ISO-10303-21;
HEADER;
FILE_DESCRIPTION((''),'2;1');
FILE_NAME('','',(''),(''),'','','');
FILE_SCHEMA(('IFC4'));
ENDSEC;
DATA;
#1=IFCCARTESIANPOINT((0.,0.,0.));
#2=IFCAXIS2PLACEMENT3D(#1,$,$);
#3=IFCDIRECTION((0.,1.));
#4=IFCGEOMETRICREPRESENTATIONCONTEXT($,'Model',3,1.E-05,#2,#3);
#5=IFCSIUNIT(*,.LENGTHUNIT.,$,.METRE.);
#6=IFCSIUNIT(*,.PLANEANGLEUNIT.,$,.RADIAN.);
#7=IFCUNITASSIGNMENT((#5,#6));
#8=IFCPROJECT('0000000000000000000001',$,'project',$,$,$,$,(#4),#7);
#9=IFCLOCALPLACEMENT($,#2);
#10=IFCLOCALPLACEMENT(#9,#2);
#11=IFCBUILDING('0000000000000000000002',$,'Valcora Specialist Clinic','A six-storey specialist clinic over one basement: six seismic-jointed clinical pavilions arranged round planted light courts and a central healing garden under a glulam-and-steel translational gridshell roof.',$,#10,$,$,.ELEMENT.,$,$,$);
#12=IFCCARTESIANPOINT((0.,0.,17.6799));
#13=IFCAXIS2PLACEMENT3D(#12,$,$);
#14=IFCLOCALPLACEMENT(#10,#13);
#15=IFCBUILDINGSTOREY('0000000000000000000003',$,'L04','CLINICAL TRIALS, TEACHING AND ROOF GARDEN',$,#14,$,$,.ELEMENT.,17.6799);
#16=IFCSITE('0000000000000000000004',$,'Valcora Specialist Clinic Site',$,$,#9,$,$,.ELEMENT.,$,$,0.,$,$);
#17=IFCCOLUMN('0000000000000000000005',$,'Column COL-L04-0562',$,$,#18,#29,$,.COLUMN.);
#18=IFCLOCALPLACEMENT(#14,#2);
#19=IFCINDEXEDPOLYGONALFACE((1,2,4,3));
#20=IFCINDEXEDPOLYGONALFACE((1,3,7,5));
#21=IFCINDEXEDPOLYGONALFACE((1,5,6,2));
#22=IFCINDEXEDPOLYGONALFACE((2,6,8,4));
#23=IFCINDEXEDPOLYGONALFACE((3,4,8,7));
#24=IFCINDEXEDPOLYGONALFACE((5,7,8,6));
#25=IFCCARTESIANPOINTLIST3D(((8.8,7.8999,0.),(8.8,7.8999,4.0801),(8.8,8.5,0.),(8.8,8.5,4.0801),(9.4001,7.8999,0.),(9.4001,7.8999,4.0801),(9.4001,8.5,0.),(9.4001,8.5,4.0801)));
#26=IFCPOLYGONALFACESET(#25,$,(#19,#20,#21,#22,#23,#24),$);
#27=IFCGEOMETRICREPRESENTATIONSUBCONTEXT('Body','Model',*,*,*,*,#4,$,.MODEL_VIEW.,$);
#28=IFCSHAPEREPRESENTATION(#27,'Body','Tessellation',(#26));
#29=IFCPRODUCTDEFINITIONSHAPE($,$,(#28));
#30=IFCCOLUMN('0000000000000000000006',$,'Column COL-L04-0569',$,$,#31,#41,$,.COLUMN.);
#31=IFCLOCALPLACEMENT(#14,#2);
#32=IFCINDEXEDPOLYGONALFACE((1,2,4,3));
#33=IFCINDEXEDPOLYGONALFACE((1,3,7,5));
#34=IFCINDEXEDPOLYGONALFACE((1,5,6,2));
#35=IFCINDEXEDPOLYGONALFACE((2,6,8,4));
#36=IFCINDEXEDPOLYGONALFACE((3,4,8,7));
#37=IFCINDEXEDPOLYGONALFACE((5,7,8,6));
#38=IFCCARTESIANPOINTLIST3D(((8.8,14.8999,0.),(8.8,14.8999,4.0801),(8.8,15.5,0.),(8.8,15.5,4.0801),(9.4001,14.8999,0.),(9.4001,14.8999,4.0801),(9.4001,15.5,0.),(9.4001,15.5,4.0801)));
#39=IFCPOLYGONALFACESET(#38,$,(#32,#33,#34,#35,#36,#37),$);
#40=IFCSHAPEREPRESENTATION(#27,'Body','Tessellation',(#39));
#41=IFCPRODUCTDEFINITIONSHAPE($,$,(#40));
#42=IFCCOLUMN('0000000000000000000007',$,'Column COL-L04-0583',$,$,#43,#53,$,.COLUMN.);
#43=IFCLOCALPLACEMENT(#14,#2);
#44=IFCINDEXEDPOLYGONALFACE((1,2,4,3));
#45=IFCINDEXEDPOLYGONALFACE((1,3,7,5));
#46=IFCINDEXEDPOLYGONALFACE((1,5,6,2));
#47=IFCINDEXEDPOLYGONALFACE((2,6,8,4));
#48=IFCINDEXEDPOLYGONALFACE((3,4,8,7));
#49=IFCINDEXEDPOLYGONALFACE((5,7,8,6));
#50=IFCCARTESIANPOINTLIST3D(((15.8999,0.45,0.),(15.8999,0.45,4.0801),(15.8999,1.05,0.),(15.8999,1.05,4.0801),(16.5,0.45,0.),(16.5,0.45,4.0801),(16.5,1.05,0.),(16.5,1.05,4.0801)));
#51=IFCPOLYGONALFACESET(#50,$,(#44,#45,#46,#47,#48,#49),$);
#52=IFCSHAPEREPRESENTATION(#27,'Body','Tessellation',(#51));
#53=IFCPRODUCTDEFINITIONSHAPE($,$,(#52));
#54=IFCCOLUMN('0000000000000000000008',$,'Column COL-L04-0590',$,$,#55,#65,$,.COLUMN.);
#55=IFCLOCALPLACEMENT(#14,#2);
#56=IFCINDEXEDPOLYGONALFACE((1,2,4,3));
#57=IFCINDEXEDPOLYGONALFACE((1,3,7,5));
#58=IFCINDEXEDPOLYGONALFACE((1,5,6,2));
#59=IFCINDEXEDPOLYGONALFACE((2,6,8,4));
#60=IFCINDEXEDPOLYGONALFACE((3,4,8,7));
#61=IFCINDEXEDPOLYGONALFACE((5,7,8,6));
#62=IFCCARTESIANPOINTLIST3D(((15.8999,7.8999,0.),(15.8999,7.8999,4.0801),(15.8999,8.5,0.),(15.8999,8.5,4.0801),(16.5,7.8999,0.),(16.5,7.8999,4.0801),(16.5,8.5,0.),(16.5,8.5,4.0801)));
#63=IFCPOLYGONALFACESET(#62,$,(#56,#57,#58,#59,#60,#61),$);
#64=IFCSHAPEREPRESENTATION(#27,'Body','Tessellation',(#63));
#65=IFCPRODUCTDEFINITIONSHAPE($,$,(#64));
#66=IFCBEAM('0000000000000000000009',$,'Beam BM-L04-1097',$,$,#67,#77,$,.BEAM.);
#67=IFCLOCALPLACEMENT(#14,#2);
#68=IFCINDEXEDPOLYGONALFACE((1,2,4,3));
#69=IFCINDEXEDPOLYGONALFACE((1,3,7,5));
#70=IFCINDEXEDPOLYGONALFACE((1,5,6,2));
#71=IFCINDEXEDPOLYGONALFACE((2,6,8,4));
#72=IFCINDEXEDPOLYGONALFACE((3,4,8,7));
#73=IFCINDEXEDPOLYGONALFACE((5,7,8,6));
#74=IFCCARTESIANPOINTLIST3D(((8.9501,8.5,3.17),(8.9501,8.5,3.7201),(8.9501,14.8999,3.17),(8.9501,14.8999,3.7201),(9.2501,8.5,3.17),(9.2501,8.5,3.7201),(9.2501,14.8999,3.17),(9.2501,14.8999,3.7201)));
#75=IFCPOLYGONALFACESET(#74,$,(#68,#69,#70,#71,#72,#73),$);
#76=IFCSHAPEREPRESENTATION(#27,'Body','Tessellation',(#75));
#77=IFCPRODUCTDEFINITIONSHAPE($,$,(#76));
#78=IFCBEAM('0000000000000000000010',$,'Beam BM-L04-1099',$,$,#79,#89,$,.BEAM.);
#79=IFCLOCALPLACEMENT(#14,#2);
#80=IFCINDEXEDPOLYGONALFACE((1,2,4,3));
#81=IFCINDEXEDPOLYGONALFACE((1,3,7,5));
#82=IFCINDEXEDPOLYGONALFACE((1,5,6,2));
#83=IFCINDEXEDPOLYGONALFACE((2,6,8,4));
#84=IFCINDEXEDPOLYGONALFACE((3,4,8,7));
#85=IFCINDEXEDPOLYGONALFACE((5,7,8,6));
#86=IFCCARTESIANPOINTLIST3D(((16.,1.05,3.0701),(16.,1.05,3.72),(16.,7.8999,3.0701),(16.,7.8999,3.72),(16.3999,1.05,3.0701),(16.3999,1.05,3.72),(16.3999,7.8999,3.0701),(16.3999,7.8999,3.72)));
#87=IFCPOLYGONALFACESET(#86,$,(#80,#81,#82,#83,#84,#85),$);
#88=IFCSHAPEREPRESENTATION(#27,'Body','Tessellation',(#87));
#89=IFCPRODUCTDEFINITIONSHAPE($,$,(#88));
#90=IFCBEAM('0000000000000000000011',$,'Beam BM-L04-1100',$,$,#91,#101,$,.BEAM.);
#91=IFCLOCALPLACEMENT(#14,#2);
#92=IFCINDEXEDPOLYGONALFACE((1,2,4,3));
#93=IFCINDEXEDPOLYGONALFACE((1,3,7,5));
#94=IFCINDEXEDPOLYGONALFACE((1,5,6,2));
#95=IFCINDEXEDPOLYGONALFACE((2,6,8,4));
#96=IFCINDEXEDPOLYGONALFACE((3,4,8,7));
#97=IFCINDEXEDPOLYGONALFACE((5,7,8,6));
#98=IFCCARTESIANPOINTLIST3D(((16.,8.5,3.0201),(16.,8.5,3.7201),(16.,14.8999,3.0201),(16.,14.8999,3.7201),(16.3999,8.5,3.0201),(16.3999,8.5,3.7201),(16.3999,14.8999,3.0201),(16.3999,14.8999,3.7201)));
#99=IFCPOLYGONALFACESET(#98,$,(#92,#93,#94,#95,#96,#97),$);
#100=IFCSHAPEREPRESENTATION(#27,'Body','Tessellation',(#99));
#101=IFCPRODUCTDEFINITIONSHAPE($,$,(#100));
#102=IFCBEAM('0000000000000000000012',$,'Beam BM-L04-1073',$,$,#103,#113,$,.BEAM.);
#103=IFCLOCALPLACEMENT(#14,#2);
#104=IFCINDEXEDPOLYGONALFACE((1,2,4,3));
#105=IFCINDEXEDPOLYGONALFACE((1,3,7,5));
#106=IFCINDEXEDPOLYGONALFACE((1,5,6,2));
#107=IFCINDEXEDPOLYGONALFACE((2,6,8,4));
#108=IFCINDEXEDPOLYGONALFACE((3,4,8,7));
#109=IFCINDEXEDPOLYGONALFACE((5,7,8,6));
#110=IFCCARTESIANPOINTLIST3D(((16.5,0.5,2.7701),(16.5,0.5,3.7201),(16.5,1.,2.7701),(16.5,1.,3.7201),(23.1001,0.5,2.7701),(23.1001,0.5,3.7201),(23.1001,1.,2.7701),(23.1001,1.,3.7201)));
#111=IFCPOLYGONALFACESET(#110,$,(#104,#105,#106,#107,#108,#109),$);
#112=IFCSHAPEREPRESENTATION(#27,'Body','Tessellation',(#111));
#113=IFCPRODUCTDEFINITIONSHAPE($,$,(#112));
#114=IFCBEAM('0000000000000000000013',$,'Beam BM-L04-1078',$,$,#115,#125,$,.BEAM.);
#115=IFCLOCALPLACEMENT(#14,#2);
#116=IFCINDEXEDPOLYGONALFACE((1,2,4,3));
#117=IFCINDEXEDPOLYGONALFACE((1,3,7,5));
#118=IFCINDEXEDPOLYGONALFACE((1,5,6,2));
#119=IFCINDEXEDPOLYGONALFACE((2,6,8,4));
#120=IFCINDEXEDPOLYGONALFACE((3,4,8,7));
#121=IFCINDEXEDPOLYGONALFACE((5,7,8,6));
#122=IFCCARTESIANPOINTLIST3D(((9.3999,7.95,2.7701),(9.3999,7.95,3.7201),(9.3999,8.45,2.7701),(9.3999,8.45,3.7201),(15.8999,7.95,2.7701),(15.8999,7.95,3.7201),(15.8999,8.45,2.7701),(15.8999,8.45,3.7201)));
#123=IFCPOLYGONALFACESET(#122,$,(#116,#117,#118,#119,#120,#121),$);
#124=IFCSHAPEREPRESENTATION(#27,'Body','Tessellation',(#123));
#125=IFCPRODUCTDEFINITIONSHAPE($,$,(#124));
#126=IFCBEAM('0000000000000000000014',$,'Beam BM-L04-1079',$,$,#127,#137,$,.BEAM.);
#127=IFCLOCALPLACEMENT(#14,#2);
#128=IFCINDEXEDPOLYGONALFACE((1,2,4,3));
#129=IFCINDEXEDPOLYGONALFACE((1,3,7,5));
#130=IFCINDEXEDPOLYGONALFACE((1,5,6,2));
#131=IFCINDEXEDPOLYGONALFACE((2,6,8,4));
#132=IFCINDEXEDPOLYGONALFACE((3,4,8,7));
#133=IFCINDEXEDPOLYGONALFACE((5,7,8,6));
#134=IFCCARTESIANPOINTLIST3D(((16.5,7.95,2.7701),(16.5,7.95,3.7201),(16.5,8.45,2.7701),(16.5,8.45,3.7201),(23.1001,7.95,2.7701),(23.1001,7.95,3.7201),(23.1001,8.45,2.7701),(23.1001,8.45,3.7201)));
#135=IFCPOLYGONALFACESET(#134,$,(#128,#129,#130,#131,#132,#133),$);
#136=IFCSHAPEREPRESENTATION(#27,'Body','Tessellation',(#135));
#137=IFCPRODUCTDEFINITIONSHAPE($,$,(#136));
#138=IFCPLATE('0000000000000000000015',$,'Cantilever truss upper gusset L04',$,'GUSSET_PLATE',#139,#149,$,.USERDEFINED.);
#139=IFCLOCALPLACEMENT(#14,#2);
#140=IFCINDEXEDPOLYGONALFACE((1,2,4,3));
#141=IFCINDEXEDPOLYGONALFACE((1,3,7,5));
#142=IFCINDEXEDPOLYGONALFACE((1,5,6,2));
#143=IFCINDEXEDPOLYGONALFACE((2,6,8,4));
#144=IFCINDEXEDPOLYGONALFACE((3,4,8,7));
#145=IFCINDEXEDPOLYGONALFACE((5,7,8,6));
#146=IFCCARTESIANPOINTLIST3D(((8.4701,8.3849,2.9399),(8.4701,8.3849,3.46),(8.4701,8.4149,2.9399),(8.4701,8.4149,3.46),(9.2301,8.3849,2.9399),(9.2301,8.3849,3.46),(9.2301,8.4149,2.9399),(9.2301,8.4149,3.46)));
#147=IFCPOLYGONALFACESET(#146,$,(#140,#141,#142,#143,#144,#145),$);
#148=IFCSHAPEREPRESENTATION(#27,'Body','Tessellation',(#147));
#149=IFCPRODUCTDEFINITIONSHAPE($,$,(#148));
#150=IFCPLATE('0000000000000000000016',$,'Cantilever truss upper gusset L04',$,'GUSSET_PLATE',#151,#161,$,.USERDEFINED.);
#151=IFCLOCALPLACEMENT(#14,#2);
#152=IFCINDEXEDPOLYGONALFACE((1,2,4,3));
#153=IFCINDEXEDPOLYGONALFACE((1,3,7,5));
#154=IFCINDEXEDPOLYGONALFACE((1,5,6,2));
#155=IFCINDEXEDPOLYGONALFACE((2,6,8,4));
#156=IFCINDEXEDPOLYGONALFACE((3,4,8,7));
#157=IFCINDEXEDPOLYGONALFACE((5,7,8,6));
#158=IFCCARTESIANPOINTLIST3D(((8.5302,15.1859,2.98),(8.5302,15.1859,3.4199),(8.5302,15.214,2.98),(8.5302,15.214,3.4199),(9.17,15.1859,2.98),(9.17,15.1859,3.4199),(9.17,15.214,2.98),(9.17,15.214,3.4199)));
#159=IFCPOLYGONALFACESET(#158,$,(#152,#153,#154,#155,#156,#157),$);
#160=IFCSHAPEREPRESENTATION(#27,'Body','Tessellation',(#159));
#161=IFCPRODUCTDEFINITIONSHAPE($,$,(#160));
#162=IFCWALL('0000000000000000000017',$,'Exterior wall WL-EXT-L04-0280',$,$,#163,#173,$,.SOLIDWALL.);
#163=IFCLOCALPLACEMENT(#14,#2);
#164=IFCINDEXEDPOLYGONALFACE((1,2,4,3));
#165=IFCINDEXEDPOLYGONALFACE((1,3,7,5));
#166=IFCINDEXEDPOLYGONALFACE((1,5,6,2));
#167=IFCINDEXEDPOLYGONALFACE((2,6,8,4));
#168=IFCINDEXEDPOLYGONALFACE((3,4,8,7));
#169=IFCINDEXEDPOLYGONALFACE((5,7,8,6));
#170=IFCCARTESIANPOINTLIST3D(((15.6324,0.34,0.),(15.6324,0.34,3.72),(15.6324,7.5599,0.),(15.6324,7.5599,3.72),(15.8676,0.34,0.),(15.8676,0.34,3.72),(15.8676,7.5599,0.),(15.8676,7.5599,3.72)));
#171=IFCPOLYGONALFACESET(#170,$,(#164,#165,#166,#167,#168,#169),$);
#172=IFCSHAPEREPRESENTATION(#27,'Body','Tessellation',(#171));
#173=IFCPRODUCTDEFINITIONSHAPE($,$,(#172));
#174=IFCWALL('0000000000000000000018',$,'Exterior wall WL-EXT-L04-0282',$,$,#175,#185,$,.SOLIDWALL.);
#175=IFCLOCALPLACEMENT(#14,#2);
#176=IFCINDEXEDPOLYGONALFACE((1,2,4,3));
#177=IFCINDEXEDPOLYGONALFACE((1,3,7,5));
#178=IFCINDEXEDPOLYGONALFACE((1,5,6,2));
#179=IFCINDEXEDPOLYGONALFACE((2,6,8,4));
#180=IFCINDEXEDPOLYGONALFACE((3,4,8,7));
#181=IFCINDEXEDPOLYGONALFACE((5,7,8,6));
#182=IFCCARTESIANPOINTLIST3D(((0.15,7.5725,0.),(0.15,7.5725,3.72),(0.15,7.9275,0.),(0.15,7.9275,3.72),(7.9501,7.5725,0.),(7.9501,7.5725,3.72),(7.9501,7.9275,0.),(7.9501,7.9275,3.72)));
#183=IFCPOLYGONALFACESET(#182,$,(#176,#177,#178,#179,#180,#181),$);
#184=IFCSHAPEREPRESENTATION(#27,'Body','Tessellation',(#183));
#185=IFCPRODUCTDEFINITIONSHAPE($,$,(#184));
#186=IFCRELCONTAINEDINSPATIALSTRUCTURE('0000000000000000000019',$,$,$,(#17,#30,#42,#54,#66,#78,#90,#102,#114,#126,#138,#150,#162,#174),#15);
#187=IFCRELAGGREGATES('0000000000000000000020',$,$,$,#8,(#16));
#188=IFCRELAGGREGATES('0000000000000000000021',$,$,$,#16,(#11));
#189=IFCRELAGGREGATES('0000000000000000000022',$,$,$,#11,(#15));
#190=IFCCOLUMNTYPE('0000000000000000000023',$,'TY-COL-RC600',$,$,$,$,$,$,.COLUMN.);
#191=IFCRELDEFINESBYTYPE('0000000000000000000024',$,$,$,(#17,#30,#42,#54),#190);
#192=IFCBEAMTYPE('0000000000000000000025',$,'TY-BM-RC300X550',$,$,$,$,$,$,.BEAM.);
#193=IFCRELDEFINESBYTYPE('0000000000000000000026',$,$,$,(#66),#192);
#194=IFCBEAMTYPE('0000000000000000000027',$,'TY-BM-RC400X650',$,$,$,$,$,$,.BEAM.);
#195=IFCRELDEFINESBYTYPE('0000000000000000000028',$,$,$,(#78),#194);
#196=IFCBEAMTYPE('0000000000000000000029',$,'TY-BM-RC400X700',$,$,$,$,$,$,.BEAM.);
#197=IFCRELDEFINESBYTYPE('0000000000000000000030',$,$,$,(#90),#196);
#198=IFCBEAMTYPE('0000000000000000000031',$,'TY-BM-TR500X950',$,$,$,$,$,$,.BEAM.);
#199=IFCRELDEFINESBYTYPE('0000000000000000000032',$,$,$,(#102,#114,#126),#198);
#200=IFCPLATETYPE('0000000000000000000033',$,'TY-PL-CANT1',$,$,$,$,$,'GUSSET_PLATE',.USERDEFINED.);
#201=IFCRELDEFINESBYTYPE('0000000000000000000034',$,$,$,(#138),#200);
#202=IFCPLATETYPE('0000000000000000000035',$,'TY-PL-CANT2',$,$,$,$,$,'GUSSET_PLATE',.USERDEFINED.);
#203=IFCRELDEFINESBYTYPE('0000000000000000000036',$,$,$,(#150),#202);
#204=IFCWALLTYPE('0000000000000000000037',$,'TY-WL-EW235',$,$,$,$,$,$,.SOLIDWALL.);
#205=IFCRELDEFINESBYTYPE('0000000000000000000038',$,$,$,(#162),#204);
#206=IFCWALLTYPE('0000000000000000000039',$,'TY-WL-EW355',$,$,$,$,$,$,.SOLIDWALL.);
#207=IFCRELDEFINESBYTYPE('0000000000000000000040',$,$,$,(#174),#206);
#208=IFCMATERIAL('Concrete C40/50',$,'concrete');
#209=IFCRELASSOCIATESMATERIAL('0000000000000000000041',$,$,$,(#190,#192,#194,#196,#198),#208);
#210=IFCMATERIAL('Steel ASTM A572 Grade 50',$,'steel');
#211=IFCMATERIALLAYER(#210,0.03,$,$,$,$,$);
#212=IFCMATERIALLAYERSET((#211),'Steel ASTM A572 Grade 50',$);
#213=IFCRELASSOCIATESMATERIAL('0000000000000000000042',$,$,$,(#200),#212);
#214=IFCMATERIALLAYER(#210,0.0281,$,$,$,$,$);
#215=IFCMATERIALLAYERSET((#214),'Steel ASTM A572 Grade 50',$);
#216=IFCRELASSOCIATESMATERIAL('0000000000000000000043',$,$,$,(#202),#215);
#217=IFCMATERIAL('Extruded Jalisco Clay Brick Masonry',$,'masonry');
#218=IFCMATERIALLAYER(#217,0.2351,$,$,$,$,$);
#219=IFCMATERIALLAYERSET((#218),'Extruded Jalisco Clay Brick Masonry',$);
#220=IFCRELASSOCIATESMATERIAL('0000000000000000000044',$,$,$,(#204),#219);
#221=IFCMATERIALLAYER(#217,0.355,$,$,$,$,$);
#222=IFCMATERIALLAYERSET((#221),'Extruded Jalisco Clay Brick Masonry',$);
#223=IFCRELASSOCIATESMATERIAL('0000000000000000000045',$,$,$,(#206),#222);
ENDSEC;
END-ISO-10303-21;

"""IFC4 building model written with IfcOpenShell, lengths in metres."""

from ifc_helpers import new_model, si_unit, direction, frame, frame_2d, origin, origin_2d, place, context, subcontext, project, spatial, rectangle, extrude, material, layer, layer_set, material_profile, profile_set, type_object, element, save


model = new_model("IFC4")

# Units and contexts
model_context = context("Model", 3, precision=1e-05, world=origin(), true_north=direction((0.0, 1.0)))
body_context = subcontext(model_context, "Body", "Model", "MODEL_VIEW")
ifc_project = project(units=[si_unit("LENGTHUNIT", "METRE"), si_unit("PLANEANGLEUNIT", "RADIAN")], contexts=[model_context])

# Site, building, storey
site_placement = place(None, origin())
site = spatial("IfcSite", under=ifc_project, at=site_placement, Name="Valcora Specialist Clinic Site", CompositionType="ELEMENT", RefElevation=0.0)
building_placement = place(site_placement, origin())
building = spatial("IfcBuilding", under=site, at=building_placement, Name="Valcora Specialist Clinic", Description="A six-storey specialist clinic over one basement: six seismic-jointed clinical pavilions arranged round planted light courts and a central healing garden under a glulam-and-steel translational gridshell roof.", CompositionType="ELEMENT")
storey_placement = place(building_placement, frame((0.0, 0.0, 17.6799)))
storey = spatial("IfcBuildingStorey", under=building, at=storey_placement, Name="L04", Description="CLINICAL TRIALS, TEACHING AND ROOF GARDEN", CompositionType="ELEMENT", Elevation=17.6799)

# Columns
ifc_material_1 = material(Name="Concrete C40/50", Category="concrete")
ifc_material_profile_1 = material_profile(ifc_material_1, rectangle(XDim=0.6001, YDim=0.6001, at=origin_2d()), Name="RC-COL-600X600")
ifc_profile_set_1 = profile_set([ifc_material_profile_1], Name="Concrete C40/50")
column_type = type_object("IfcColumnType", Name="TY-COL-RC600", PredefinedType="COLUMN", material=ifc_profile_set_1)
for number, where, z_axis, x_axis, name in (
    (1, (9.1001, 8.2, 0.0), (0.0, 0.0, 1.0), (1.0, 0.0, 0.0), "Column COL-L04-0562"),
    (2, (9.1001, 15.2, 0.0), (0.0, 0.0, 1.0), (1.0, 0.0, 0.0), "Column COL-L04-0569"),
    (3, (16.2, 0.75, 0.0), (0.0, 0.0, 1.0), (1.0, 0.0, 0.0), "Column COL-L04-0583"),
    (4, (16.2, 8.2, 0.0), (0.0, 0.0, 1.0), (1.0, 0.0, 0.0), "Column COL-L04-0590"),
):
    element("IfcColumn", number, at=place(storey_placement, frame(where, z_axis=z_axis, x_axis=x_axis)), inside=storey, type_object=column_type, Name=name, PredefinedType="COLUMN", context=body_context, shape_type="SweptSolid", body=[
        extrude(rectangle(XDim=0.6001, YDim=0.6001, at=origin_2d()), origin(), (0.0, 0.0, 1.0), 4.0801),
    ])

# Beams
ifc_material_profile_2 = material_profile(ifc_material_1, rectangle(XDim=0.3, YDim=0.55, at=origin_2d()), Name="RC-BM-300X550")
ifc_profile_set_2 = profile_set([ifc_material_profile_2], Name="Concrete C40/50")
beam_type_1 = type_object("IfcBeamType", Name="TY-BM-RC300X550", PredefinedType="BEAM", material=ifc_profile_set_2)
beam_1_placement = place(storey_placement, frame((9.1001, 8.5, 3.4451), z_axis=(0.0, 1.0, 0.0), x_axis=(-1.0, 0.0, 0.0)))
element("IfcBeam", 5, at=beam_1_placement, inside=storey, type_object=beam_type_1, Name="Beam BM-L04-1097", PredefinedType="BEAM", context=body_context, shape_type="SweptSolid", body=[
    extrude(rectangle(XDim=0.3, YDim=0.55, at=origin_2d()), origin(), (0.0, 0.0, 1.0), 6.3999),
])
ifc_material_profile_3 = material_profile(ifc_material_1, rectangle(XDim=0.3999, YDim=0.6499, at=origin_2d()), Name="RC-BM-400X650")
ifc_profile_set_3 = profile_set([ifc_material_profile_3], Name="Concrete C40/50")
beam_type_2 = type_object("IfcBeamType", Name="TY-BM-RC400X650", PredefinedType="BEAM", material=ifc_profile_set_3)
beam_2_placement = place(storey_placement, frame((16.2, 1.05, 3.395), z_axis=(0.0, 1.0, 0.0), x_axis=(-1.0, 0.0, 0.0)))
element("IfcBeam", 6, at=beam_2_placement, inside=storey, type_object=beam_type_2, Name="Beam BM-L04-1099", PredefinedType="BEAM", context=body_context, shape_type="SweptSolid", body=[
    extrude(rectangle(XDim=0.3999, YDim=0.6499, at=origin_2d()), origin(), (0.0, 0.0, 1.0), 6.8499),
])
ifc_material_profile_4 = material_profile(ifc_material_1, rectangle(XDim=0.3999, YDim=0.7, at=origin_2d()), Name="RC-BM-400X700")
ifc_profile_set_4 = profile_set([ifc_material_profile_4], Name="Concrete C40/50")
beam_type_3 = type_object("IfcBeamType", Name="TY-BM-RC400X700", PredefinedType="BEAM", material=ifc_profile_set_4)
beam_3_placement = place(storey_placement, frame((16.2, 8.5, 3.3701), z_axis=(0.0, 1.0, 0.0), x_axis=(-1.0, 0.0, 0.0)))
element("IfcBeam", 7, at=beam_3_placement, inside=storey, type_object=beam_type_3, Name="Beam BM-L04-1100", PredefinedType="BEAM", context=body_context, shape_type="SweptSolid", body=[
    extrude(rectangle(XDim=0.3999, YDim=0.7, at=origin_2d()), origin(), (0.0, 0.0, 1.0), 6.3999),
])
ifc_material_profile_5 = material_profile(ifc_material_1, rectangle(XDim=0.5, YDim=0.95, at=origin_2d()), Name="RC-BM-500X950")
ifc_profile_set_5 = profile_set([ifc_material_profile_5], Name="Concrete C40/50")
beam_type_4 = type_object("IfcBeamType", Name="TY-BM-TR500X950", PredefinedType="BEAM", material=ifc_profile_set_5)
beam_4_placement = place(storey_placement, frame((16.5, 0.75, 3.2451), z_axis=(1.0, 0.0, 0.0), x_axis=(0.0, 1.0, 0.0)))
element("IfcBeam", 8, at=beam_4_placement, inside=storey, type_object=beam_type_4, Name="Beam BM-L04-1073", PredefinedType="BEAM", context=body_context, shape_type="SweptSolid", body=[
    extrude(rectangle(XDim=0.5, YDim=0.95, at=origin_2d()), origin(), (0.0, 0.0, 1.0), 6.6001),
])
beam_5_placement = place(storey_placement, frame((9.3999, 8.2, 3.2451), z_axis=(1.0, 0.0, 0.0), x_axis=(0.0, 1.0, 0.0)))
element("IfcBeam", 9, at=beam_5_placement, inside=storey, type_object=beam_type_4, Name="Beam BM-L04-1078", PredefinedType="BEAM", context=body_context, shape_type="SweptSolid", body=[
    extrude(rectangle(XDim=0.5, YDim=0.95, at=origin_2d()), origin(), (0.0, 0.0, 1.0), 6.5),
])
beam_6_placement = place(storey_placement, frame((16.5, 8.2, 3.2451), z_axis=(1.0, 0.0, 0.0), x_axis=(0.0, 1.0, 0.0)))
element("IfcBeam", 10, at=beam_6_placement, inside=storey, type_object=beam_type_4, Name="Beam BM-L04-1079", PredefinedType="BEAM", context=body_context, shape_type="SweptSolid", body=[
    extrude(rectangle(XDim=0.5, YDim=0.95, at=origin_2d()), origin(), (0.0, 0.0, 1.0), 6.6001),
])

# Plates
ifc_material_2 = material(Name="Steel ASTM A572 Grade 50", Category="steel")
ifc_layer_1 = layer(ifc_material_2, 0.03)
ifc_layer_set_1 = layer_set([ifc_layer_1], Name="Steel ASTM A572 Grade 50")
plate_type_1 = type_object("IfcPlateType", Name="TY-PL-CANT1", ElementType="GUSSET_PLATE", PredefinedType="USERDEFINED", material=ifc_layer_set_1)
plate_1_placement = place(storey_placement, frame((8.8501, 8.3999, 2.9399), z_axis=(0.0, 0.0, 1.0), x_axis=(1.0, 0.0, 0.0)))
element("IfcPlate", 11, at=plate_1_placement, inside=storey, type_object=plate_type_1, Name="Cantilever truss upper gusset L04", ObjectType="GUSSET_PLATE", PredefinedType="USERDEFINED", context=body_context, shape_type="SweptSolid", body=[
    extrude(rectangle(XDim=0.76, YDim=0.03, at=origin_2d()), origin(), (0.0, 0.0, 1.0), 0.52),
])
ifc_layer_2 = layer(ifc_material_2, 0.0281)
ifc_layer_set_2 = layer_set([ifc_layer_2], Name="Steel ASTM A572 Grade 50")
plate_type_2 = type_object("IfcPlateType", Name="TY-PL-CANT2", ElementType="GUSSET_PLATE", PredefinedType="USERDEFINED", material=ifc_layer_set_2)
plate_2_placement = place(storey_placement, frame((8.8501, 15.2, 2.98), z_axis=(0.0, 0.0, 1.0), x_axis=(1.0, 0.0, 0.0)))
element("IfcPlate", 12, at=plate_2_placement, inside=storey, type_object=plate_type_2, Name="Cantilever truss upper gusset L04", ObjectType="GUSSET_PLATE", PredefinedType="USERDEFINED", context=body_context, shape_type="SweptSolid", body=[
    extrude(rectangle(XDim=0.6399, YDim=0.0281, at=origin_2d()), origin(), (0.0, 0.0, 1.0), 0.4399),
])

# Walls
ifc_material_3 = material(Name="Extruded Jalisco Clay Brick Masonry", Category="masonry")
ifc_layer_3 = layer(ifc_material_3, 0.2351)
ifc_layer_set_3 = layer_set([ifc_layer_3], Name="Extruded Jalisco Clay Brick Masonry")
wall_type_1 = type_object("IfcWallType", Name="TY-WL-EW235", PredefinedType="SOLIDWALL", material=ifc_layer_set_3)
wall_1_placement = place(storey_placement, frame((15.75, 0.3401, 0.0), z_axis=(0.0, 0.0, 1.0), x_axis=(0.0, 1.0, 0.0)))
element("IfcWall", 13, at=wall_1_placement, inside=storey, type_object=wall_type_1, Name="Exterior wall WL-EXT-L04-0280", PredefinedType="SOLIDWALL", context=body_context, shape_type="SweptSolid", body=[
    extrude(rectangle(XDim=7.22, YDim=0.2351, at=frame_2d((3.6099, 0.0))), origin(), (0.0, 0.0, 1.0), 3.72),
])
ifc_layer_4 = layer(ifc_material_3, 0.355)
ifc_layer_set_4 = layer_set([ifc_layer_4], Name="Extruded Jalisco Clay Brick Masonry")
wall_type_2 = type_object("IfcWallType", Name="TY-WL-EW355", PredefinedType="SOLIDWALL", material=ifc_layer_set_4)
wall_2_placement = place(storey_placement, frame((7.95, 7.75, 0.0), z_axis=(0.0, 0.0, 1.0), x_axis=(-1.0, 0.0, 0.0)))
element("IfcWall", 14, at=wall_2_placement, inside=storey, type_object=wall_type_2, Name="Exterior wall WL-EXT-L04-0282", PredefinedType="SOLIDWALL", context=body_context, shape_type="SweptSolid", body=[
    extrude(rectangle(XDim=7.8, YDim=0.355, at=frame_2d((3.8999, 0.0))), origin(), (0.0, 0.0, 1.0), 3.72),
])

save(model, "model.ifc")
